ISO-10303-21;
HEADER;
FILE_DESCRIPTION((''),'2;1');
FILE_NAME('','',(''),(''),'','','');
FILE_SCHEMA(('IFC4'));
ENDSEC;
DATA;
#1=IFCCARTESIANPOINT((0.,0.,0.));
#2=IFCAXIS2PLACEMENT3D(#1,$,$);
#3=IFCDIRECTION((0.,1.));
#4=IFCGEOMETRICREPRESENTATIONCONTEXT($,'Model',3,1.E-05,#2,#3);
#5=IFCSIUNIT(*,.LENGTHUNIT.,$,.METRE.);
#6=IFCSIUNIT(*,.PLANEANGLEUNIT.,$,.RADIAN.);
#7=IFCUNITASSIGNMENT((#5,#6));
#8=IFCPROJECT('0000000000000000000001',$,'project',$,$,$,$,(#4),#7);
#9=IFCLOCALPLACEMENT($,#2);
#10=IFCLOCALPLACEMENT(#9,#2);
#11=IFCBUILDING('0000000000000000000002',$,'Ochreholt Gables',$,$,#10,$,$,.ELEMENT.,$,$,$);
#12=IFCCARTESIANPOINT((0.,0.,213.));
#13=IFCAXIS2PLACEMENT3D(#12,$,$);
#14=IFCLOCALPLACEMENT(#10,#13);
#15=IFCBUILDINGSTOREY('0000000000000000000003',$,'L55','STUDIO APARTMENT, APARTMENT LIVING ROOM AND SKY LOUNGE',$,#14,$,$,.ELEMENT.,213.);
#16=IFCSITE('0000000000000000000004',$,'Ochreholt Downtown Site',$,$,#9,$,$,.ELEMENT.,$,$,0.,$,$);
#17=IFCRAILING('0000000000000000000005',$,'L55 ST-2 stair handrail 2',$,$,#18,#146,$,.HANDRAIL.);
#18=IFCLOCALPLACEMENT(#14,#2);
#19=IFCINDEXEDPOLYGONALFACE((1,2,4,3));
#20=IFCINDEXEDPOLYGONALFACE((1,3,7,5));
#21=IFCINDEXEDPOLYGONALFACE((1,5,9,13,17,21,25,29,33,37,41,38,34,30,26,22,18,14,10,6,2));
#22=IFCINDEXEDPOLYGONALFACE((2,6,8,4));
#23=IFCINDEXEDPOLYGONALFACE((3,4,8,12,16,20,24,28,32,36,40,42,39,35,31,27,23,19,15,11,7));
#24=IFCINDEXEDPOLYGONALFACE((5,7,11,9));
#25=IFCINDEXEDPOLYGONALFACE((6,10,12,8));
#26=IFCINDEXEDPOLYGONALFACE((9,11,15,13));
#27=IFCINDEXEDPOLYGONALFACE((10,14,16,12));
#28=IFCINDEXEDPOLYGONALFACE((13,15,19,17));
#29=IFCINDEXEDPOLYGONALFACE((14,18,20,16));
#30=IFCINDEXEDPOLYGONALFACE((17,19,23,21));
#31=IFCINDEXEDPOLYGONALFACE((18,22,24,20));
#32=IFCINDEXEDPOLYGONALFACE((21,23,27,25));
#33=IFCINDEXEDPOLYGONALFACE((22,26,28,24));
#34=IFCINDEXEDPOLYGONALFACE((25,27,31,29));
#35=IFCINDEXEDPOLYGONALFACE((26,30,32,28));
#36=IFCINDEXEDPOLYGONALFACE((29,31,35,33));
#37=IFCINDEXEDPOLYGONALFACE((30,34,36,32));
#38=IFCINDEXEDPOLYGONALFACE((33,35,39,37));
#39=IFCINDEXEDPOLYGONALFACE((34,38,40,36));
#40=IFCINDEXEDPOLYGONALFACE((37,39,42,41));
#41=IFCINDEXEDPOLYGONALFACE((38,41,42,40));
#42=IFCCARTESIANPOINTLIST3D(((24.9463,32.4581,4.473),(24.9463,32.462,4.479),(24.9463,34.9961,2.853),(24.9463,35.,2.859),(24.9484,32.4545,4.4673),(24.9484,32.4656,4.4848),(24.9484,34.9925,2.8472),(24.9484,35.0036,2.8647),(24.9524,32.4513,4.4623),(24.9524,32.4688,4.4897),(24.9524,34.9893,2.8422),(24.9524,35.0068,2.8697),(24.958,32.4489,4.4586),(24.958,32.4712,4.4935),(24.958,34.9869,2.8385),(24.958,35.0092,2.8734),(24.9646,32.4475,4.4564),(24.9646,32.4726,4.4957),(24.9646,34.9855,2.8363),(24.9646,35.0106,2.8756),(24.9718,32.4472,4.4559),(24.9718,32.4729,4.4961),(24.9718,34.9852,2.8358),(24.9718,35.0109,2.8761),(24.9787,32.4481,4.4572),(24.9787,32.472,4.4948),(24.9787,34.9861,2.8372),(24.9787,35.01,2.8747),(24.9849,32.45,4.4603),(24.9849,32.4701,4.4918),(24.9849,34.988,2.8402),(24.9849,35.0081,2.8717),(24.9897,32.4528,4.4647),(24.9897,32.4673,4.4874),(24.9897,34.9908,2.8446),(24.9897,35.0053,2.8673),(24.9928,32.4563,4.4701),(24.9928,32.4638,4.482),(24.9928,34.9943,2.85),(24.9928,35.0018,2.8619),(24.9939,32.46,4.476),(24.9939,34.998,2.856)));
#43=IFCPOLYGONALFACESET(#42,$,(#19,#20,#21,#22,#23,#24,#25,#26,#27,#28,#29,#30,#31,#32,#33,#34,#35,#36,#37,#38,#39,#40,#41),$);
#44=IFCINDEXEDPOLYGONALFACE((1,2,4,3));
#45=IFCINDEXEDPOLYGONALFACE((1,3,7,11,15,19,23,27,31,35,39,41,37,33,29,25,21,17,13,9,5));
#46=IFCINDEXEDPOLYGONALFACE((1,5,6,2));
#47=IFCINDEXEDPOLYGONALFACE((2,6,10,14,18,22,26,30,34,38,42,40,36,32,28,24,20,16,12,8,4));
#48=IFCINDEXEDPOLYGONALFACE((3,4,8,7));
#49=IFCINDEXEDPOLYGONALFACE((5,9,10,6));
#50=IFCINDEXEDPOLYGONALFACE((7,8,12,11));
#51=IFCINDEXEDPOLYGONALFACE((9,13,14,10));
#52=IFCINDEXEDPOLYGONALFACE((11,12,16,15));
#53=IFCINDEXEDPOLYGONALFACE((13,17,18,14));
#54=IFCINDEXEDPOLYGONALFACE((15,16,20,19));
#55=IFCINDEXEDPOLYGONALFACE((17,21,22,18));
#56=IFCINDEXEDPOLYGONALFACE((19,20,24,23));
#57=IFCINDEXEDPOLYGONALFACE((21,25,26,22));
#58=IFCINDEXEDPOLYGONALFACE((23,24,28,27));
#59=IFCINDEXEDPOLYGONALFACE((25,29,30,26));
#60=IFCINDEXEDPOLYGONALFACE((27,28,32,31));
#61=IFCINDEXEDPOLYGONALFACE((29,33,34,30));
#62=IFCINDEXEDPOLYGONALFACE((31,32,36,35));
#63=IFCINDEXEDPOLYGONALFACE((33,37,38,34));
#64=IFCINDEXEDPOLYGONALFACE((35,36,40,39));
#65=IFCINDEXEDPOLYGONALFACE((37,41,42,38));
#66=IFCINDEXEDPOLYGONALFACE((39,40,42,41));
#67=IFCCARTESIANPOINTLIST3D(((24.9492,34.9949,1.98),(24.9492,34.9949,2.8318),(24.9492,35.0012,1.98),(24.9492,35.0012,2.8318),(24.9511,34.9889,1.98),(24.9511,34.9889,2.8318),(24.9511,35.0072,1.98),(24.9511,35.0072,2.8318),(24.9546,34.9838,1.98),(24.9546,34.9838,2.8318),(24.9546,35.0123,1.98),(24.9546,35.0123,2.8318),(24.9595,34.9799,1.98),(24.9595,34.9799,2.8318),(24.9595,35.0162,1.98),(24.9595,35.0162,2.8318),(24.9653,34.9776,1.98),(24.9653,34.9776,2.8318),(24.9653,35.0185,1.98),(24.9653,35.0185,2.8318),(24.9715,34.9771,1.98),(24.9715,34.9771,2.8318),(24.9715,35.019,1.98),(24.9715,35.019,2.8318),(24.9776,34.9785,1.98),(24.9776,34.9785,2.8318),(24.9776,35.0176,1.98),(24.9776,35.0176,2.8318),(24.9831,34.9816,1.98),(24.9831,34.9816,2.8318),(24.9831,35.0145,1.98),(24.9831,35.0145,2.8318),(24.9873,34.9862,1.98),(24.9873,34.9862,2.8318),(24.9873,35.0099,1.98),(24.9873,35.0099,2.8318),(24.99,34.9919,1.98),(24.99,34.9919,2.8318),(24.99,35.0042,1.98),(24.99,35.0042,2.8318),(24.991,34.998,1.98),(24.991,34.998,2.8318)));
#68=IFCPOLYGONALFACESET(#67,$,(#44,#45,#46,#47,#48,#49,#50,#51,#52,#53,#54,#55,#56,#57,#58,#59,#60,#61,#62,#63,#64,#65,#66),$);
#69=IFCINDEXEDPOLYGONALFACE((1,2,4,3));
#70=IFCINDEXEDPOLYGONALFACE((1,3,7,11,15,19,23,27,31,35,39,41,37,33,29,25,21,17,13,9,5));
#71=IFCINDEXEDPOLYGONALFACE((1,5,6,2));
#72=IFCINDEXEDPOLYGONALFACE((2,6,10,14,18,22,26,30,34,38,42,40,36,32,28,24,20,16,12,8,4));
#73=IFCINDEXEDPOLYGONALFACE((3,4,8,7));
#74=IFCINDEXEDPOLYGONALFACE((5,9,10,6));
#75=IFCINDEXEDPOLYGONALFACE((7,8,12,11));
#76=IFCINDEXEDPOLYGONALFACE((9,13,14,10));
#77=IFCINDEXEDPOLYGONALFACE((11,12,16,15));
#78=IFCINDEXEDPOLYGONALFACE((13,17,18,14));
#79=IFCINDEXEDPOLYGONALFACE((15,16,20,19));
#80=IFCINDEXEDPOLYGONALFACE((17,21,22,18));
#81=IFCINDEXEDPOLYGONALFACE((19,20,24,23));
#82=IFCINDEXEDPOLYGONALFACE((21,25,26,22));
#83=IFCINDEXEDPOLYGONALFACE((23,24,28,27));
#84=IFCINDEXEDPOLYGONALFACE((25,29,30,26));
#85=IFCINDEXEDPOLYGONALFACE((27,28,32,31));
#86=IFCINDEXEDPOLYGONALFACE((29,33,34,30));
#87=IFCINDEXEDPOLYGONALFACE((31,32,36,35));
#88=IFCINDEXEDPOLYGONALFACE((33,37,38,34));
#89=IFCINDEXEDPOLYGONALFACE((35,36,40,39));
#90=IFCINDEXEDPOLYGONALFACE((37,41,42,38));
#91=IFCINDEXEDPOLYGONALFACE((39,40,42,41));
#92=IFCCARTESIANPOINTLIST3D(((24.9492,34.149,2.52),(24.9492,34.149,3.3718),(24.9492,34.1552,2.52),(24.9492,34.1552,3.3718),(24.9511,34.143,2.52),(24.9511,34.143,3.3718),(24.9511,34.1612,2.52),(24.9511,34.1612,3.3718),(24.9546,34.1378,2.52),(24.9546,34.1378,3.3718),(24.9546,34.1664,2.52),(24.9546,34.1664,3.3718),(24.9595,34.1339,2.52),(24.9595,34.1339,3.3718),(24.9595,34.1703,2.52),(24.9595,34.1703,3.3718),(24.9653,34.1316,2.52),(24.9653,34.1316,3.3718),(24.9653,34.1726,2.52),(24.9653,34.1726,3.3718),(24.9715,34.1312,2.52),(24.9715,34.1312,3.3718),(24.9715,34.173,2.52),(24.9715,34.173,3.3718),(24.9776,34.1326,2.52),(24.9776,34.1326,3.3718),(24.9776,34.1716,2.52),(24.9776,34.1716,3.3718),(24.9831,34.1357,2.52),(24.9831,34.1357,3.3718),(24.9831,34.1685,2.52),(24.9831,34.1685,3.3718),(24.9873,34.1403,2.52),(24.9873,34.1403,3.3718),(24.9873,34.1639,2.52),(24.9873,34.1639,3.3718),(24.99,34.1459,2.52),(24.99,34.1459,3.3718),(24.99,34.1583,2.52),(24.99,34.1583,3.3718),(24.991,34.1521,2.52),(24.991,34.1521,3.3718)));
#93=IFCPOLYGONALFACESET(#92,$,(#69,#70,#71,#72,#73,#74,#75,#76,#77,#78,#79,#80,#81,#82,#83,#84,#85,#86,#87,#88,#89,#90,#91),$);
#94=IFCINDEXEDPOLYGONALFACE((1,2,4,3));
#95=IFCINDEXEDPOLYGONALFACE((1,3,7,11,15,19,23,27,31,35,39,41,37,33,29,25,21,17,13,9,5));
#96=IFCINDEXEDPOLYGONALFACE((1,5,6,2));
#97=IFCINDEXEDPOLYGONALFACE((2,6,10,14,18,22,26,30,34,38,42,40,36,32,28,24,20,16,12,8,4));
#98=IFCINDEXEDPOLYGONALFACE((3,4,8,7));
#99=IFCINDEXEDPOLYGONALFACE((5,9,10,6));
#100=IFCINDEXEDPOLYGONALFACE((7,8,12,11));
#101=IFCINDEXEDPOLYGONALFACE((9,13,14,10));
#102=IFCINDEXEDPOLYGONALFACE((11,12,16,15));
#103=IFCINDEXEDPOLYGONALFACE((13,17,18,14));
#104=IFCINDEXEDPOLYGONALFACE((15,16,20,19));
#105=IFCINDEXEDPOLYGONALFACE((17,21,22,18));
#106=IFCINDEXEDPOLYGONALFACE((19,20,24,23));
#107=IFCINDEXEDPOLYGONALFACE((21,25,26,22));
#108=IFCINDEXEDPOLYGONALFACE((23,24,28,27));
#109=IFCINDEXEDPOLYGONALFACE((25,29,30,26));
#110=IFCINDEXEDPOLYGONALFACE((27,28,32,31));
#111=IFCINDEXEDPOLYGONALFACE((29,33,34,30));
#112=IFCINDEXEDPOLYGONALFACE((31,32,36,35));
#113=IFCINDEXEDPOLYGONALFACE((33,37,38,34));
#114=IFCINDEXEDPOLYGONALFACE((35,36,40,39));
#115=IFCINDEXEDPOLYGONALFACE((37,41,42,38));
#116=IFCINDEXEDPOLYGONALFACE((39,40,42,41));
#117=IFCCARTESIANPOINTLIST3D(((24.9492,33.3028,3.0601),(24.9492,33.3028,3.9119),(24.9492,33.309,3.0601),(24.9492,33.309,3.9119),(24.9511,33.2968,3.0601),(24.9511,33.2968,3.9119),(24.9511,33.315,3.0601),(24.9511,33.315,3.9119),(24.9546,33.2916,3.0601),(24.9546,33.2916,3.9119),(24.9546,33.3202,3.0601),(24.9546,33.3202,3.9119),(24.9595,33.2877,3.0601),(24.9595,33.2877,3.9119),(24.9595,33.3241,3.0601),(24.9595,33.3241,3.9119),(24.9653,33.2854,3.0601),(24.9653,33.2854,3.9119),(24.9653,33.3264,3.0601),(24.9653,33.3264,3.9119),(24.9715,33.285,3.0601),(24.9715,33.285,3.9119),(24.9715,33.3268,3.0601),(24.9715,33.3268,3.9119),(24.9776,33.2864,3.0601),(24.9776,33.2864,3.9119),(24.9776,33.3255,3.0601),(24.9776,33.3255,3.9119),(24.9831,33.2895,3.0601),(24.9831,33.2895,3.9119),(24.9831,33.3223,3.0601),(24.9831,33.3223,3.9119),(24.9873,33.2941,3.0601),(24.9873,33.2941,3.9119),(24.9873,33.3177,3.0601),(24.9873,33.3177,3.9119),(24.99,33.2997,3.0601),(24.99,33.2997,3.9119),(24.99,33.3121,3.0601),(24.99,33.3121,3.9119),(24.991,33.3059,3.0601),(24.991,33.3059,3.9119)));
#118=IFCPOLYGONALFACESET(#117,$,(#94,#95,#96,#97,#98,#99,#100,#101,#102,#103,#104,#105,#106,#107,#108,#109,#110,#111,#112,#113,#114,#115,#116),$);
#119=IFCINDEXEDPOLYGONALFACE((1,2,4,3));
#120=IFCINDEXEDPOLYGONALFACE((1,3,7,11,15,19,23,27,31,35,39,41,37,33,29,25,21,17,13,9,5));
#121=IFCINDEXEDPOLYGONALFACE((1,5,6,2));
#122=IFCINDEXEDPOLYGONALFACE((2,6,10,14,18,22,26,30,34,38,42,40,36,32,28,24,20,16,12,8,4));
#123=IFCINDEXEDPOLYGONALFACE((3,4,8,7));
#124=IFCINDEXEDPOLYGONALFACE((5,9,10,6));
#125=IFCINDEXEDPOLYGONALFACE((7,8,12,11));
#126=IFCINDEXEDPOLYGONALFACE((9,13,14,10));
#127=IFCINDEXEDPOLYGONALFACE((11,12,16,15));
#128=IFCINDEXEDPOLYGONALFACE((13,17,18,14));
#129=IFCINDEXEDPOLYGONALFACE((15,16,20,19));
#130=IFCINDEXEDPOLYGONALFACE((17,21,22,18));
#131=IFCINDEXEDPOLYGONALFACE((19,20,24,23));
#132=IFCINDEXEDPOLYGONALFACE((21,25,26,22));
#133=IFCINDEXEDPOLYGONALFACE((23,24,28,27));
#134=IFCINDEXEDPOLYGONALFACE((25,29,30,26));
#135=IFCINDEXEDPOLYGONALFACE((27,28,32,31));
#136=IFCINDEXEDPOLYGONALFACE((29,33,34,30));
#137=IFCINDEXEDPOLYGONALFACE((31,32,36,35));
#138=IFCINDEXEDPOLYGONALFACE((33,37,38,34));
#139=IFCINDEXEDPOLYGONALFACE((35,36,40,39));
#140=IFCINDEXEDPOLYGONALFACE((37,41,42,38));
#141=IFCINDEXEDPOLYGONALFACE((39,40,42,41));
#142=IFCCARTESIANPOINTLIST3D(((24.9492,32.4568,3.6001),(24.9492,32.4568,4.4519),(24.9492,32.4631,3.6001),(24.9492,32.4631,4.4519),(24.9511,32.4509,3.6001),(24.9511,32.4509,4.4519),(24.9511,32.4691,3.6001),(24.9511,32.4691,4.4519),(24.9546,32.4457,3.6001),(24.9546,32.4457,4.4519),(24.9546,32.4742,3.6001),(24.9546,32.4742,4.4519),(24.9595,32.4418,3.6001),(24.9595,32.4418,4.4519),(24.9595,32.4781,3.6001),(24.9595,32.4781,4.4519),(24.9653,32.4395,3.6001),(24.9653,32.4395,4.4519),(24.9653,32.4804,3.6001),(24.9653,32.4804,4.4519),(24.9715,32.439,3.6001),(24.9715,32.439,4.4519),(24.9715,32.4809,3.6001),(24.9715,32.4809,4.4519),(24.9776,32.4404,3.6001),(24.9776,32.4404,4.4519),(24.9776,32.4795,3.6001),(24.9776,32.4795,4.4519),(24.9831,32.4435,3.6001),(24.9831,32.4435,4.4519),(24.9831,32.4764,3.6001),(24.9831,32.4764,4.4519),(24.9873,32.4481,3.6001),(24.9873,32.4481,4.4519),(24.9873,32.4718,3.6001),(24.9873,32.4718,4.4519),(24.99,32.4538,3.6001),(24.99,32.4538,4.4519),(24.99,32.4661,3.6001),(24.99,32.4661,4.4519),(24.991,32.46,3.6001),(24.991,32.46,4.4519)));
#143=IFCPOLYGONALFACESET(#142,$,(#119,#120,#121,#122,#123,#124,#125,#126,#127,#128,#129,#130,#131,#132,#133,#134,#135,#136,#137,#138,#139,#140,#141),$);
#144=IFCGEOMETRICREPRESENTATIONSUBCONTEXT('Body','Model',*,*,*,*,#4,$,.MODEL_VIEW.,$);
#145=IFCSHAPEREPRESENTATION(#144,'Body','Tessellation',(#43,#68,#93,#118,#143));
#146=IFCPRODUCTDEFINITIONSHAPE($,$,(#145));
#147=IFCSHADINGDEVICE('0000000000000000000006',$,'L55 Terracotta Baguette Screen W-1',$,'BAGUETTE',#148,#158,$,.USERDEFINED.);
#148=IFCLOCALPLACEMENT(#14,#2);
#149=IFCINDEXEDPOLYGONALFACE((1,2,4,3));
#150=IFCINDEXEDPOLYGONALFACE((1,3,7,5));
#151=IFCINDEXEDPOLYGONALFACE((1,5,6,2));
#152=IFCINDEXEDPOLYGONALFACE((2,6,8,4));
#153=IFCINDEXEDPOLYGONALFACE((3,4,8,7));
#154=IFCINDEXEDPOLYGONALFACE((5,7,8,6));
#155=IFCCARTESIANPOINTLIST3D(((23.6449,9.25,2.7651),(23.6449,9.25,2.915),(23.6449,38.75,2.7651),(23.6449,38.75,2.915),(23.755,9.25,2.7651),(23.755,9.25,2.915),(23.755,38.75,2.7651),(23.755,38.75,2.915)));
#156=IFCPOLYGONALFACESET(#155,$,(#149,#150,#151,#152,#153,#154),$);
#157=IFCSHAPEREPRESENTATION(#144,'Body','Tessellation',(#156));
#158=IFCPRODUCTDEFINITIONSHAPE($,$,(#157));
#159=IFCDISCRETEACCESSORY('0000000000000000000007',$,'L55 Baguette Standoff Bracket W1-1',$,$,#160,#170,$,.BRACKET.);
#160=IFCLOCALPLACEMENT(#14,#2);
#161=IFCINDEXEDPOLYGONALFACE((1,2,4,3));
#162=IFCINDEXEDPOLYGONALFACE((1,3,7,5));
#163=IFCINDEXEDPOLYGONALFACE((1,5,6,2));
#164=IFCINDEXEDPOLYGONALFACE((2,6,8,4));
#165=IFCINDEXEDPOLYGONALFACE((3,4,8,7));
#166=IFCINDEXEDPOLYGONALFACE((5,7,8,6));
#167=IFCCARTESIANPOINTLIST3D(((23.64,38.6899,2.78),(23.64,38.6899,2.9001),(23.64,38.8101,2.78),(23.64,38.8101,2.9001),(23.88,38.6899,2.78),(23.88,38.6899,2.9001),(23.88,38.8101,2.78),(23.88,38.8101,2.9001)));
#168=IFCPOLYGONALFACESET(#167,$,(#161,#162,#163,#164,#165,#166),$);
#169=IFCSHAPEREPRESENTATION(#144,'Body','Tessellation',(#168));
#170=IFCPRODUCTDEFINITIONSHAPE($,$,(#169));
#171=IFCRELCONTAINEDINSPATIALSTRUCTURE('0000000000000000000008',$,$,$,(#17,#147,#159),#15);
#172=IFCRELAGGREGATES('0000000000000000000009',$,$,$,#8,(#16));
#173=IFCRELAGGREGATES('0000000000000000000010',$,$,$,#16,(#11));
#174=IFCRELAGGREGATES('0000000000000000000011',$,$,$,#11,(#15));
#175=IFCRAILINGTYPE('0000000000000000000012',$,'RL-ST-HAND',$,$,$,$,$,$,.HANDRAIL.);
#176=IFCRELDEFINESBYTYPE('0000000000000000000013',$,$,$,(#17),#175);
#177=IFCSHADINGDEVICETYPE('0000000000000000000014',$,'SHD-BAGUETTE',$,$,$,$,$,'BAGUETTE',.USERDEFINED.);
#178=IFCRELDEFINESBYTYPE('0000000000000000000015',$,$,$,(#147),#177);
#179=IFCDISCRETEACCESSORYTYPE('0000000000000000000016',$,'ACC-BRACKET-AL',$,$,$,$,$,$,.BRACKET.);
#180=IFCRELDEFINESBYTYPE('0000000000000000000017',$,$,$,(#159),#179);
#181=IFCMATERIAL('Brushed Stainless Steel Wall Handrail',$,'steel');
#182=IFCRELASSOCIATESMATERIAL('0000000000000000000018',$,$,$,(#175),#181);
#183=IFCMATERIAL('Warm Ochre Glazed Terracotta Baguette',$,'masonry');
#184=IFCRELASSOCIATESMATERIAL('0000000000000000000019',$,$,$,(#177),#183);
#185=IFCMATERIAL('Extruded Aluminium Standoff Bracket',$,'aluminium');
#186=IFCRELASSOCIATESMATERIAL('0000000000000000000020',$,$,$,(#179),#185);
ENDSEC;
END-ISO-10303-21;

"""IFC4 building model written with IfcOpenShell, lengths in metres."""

from ifc_helpers import new_model, si_unit, direction, frame, origin, origin_2d, place, context, subcontext, project, spatial, rectangle, circle, extrude, material, material_profile, profile_set, type_object, element, save


model = new_model("IFC4")

# Units and contexts
model_context = context("Model", 3, precision=1e-05, world=origin(), true_north=direction((0.0, 1.0)))
body_context = subcontext(model_context, "Body", "Model", "MODEL_VIEW")
ifc_project = project(units=[si_unit("LENGTHUNIT", "METRE"), si_unit("PLANEANGLEUNIT", "RADIAN")], contexts=[model_context])

# Site, building, storey
site_placement = place(None, origin())
site = spatial("IfcSite", under=ifc_project, at=site_placement, Name="Ochreholt Downtown Site", CompositionType="ELEMENT", RefElevation=0.0)
building_placement = place(site_placement, origin())
building = spatial("IfcBuilding", under=site, at=building_placement, Name="Ochreholt Gables", CompositionType="ELEMENT")
storey_placement = place(building_placement, frame((0.0, 0.0, 213.0)))
storey = spatial("IfcBuildingStorey", under=building, at=storey_placement, Name="L55", Description="STUDIO APARTMENT, APARTMENT LIVING ROOM AND SKY LOUNGE", CompositionType="ELEMENT", Elevation=213.0)

# Railing
ifc_material_1 = material(Name="Brushed Stainless Steel Wall Handrail", Category="steel")
railing_type_1 = type_object("IfcRailingType", Name="RL-ST-HAND", PredefinedType="HANDRAIL", material=ifc_material_1)
railing_1_placement = place(storey_placement, frame((24.97, 34.998, 1.98)))
element("IfcRailing", 1, at=railing_1_placement, inside=storey, type_object=railing_type_1, Name="L55 ST-2 stair handrail 2", PredefinedType="HANDRAIL", context=body_context, shape_type="SweptSolid", body=[
    extrude(circle(Radius=0.0239, at=origin_2d()), frame((0.0, 0.0, 0.876), z_axis=(0.0, -0.842913, 0.53805), x_axis=(1.0, 0.0, 0.0)), (0.0, 0.0, 1.0), 3.011),
    extrude(circle(Radius=0.021, at=origin_2d()), origin(), (0.0, 0.0, 1.0), 0.8518),
    extrude(circle(Radius=0.021, at=origin_2d()), frame((0.0, -0.8459, 0.54)), (0.0, 0.0, 1.0), 0.8518),
    extrude(circle(Radius=0.021, at=origin_2d()), frame((0.0, -1.6921, 1.0801)), (0.0, 0.0, 1.0), 0.8518),
    extrude(circle(Radius=0.021, at=origin_2d()), frame((0.0, -2.5381, 1.6201)), (0.0, 0.0, 1.0), 0.8518),
])

# Shading device
ifc_material_2 = material(Name="Warm Ochre Glazed Terracotta Baguette", Category="masonry")
ifc_material_profile_1 = material_profile(ifc_material_2, rectangle(XDim=0.1101, YDim=0.1499, at=origin_2d()), Name="TCBAG110X150")
ifc_profile_set_1 = profile_set([ifc_material_profile_1], Name="Warm Ochre Glazed Terracotta Baguette")
shading_device_type = type_object("IfcShadingDeviceType", Name="SHD-BAGUETTE", ElementType="BAGUETTE", PredefinedType="USERDEFINED", material=ifc_profile_set_1)
shading_device_placement = place(storey_placement, frame((23.7, 38.75, 2.8401), z_axis=(0.0, -1.0, 0.0), x_axis=(1.0, 0.0, 0.0)))
element("IfcShadingDevice", 2, at=shading_device_placement, inside=storey, type_object=shading_device_type, Name="L55 Terracotta Baguette Screen W-1", ObjectType="BAGUETTE", PredefinedType="USERDEFINED", context=body_context, shape_type="SweptSolid", body=[
    extrude(rectangle(XDim=0.1101, YDim=0.1499, at=origin_2d()), origin(), (0.0, 0.0, 1.0), 29.5),
])

# Discrete accessory
ifc_material_3 = material(Name="Extruded Aluminium Standoff Bracket", Category="aluminium")
discrete_accessory_type = type_object("IfcDiscreteAccessoryType", Name="ACC-BRACKET-AL", PredefinedType="BRACKET", material=ifc_material_3)
discrete_accessory_placement = place(storey_placement, frame((23.76, 38.75, 2.78), z_axis=(0.0, 0.0, 1.0), x_axis=(0.0, -1.0, 0.0)))
element("IfcDiscreteAccessory", 3, at=discrete_accessory_placement, inside=storey, type_object=discrete_accessory_type, Name="L55 Baguette Standoff Bracket W1-1", PredefinedType="BRACKET", context=body_context, shape_type="SweptSolid", body=[
    extrude(rectangle(XDim=0.1201, YDim=0.24, at=origin_2d()), origin(), (0.0, 0.0, 1.0), 0.1201),
])

save(model, "model.ifc")
